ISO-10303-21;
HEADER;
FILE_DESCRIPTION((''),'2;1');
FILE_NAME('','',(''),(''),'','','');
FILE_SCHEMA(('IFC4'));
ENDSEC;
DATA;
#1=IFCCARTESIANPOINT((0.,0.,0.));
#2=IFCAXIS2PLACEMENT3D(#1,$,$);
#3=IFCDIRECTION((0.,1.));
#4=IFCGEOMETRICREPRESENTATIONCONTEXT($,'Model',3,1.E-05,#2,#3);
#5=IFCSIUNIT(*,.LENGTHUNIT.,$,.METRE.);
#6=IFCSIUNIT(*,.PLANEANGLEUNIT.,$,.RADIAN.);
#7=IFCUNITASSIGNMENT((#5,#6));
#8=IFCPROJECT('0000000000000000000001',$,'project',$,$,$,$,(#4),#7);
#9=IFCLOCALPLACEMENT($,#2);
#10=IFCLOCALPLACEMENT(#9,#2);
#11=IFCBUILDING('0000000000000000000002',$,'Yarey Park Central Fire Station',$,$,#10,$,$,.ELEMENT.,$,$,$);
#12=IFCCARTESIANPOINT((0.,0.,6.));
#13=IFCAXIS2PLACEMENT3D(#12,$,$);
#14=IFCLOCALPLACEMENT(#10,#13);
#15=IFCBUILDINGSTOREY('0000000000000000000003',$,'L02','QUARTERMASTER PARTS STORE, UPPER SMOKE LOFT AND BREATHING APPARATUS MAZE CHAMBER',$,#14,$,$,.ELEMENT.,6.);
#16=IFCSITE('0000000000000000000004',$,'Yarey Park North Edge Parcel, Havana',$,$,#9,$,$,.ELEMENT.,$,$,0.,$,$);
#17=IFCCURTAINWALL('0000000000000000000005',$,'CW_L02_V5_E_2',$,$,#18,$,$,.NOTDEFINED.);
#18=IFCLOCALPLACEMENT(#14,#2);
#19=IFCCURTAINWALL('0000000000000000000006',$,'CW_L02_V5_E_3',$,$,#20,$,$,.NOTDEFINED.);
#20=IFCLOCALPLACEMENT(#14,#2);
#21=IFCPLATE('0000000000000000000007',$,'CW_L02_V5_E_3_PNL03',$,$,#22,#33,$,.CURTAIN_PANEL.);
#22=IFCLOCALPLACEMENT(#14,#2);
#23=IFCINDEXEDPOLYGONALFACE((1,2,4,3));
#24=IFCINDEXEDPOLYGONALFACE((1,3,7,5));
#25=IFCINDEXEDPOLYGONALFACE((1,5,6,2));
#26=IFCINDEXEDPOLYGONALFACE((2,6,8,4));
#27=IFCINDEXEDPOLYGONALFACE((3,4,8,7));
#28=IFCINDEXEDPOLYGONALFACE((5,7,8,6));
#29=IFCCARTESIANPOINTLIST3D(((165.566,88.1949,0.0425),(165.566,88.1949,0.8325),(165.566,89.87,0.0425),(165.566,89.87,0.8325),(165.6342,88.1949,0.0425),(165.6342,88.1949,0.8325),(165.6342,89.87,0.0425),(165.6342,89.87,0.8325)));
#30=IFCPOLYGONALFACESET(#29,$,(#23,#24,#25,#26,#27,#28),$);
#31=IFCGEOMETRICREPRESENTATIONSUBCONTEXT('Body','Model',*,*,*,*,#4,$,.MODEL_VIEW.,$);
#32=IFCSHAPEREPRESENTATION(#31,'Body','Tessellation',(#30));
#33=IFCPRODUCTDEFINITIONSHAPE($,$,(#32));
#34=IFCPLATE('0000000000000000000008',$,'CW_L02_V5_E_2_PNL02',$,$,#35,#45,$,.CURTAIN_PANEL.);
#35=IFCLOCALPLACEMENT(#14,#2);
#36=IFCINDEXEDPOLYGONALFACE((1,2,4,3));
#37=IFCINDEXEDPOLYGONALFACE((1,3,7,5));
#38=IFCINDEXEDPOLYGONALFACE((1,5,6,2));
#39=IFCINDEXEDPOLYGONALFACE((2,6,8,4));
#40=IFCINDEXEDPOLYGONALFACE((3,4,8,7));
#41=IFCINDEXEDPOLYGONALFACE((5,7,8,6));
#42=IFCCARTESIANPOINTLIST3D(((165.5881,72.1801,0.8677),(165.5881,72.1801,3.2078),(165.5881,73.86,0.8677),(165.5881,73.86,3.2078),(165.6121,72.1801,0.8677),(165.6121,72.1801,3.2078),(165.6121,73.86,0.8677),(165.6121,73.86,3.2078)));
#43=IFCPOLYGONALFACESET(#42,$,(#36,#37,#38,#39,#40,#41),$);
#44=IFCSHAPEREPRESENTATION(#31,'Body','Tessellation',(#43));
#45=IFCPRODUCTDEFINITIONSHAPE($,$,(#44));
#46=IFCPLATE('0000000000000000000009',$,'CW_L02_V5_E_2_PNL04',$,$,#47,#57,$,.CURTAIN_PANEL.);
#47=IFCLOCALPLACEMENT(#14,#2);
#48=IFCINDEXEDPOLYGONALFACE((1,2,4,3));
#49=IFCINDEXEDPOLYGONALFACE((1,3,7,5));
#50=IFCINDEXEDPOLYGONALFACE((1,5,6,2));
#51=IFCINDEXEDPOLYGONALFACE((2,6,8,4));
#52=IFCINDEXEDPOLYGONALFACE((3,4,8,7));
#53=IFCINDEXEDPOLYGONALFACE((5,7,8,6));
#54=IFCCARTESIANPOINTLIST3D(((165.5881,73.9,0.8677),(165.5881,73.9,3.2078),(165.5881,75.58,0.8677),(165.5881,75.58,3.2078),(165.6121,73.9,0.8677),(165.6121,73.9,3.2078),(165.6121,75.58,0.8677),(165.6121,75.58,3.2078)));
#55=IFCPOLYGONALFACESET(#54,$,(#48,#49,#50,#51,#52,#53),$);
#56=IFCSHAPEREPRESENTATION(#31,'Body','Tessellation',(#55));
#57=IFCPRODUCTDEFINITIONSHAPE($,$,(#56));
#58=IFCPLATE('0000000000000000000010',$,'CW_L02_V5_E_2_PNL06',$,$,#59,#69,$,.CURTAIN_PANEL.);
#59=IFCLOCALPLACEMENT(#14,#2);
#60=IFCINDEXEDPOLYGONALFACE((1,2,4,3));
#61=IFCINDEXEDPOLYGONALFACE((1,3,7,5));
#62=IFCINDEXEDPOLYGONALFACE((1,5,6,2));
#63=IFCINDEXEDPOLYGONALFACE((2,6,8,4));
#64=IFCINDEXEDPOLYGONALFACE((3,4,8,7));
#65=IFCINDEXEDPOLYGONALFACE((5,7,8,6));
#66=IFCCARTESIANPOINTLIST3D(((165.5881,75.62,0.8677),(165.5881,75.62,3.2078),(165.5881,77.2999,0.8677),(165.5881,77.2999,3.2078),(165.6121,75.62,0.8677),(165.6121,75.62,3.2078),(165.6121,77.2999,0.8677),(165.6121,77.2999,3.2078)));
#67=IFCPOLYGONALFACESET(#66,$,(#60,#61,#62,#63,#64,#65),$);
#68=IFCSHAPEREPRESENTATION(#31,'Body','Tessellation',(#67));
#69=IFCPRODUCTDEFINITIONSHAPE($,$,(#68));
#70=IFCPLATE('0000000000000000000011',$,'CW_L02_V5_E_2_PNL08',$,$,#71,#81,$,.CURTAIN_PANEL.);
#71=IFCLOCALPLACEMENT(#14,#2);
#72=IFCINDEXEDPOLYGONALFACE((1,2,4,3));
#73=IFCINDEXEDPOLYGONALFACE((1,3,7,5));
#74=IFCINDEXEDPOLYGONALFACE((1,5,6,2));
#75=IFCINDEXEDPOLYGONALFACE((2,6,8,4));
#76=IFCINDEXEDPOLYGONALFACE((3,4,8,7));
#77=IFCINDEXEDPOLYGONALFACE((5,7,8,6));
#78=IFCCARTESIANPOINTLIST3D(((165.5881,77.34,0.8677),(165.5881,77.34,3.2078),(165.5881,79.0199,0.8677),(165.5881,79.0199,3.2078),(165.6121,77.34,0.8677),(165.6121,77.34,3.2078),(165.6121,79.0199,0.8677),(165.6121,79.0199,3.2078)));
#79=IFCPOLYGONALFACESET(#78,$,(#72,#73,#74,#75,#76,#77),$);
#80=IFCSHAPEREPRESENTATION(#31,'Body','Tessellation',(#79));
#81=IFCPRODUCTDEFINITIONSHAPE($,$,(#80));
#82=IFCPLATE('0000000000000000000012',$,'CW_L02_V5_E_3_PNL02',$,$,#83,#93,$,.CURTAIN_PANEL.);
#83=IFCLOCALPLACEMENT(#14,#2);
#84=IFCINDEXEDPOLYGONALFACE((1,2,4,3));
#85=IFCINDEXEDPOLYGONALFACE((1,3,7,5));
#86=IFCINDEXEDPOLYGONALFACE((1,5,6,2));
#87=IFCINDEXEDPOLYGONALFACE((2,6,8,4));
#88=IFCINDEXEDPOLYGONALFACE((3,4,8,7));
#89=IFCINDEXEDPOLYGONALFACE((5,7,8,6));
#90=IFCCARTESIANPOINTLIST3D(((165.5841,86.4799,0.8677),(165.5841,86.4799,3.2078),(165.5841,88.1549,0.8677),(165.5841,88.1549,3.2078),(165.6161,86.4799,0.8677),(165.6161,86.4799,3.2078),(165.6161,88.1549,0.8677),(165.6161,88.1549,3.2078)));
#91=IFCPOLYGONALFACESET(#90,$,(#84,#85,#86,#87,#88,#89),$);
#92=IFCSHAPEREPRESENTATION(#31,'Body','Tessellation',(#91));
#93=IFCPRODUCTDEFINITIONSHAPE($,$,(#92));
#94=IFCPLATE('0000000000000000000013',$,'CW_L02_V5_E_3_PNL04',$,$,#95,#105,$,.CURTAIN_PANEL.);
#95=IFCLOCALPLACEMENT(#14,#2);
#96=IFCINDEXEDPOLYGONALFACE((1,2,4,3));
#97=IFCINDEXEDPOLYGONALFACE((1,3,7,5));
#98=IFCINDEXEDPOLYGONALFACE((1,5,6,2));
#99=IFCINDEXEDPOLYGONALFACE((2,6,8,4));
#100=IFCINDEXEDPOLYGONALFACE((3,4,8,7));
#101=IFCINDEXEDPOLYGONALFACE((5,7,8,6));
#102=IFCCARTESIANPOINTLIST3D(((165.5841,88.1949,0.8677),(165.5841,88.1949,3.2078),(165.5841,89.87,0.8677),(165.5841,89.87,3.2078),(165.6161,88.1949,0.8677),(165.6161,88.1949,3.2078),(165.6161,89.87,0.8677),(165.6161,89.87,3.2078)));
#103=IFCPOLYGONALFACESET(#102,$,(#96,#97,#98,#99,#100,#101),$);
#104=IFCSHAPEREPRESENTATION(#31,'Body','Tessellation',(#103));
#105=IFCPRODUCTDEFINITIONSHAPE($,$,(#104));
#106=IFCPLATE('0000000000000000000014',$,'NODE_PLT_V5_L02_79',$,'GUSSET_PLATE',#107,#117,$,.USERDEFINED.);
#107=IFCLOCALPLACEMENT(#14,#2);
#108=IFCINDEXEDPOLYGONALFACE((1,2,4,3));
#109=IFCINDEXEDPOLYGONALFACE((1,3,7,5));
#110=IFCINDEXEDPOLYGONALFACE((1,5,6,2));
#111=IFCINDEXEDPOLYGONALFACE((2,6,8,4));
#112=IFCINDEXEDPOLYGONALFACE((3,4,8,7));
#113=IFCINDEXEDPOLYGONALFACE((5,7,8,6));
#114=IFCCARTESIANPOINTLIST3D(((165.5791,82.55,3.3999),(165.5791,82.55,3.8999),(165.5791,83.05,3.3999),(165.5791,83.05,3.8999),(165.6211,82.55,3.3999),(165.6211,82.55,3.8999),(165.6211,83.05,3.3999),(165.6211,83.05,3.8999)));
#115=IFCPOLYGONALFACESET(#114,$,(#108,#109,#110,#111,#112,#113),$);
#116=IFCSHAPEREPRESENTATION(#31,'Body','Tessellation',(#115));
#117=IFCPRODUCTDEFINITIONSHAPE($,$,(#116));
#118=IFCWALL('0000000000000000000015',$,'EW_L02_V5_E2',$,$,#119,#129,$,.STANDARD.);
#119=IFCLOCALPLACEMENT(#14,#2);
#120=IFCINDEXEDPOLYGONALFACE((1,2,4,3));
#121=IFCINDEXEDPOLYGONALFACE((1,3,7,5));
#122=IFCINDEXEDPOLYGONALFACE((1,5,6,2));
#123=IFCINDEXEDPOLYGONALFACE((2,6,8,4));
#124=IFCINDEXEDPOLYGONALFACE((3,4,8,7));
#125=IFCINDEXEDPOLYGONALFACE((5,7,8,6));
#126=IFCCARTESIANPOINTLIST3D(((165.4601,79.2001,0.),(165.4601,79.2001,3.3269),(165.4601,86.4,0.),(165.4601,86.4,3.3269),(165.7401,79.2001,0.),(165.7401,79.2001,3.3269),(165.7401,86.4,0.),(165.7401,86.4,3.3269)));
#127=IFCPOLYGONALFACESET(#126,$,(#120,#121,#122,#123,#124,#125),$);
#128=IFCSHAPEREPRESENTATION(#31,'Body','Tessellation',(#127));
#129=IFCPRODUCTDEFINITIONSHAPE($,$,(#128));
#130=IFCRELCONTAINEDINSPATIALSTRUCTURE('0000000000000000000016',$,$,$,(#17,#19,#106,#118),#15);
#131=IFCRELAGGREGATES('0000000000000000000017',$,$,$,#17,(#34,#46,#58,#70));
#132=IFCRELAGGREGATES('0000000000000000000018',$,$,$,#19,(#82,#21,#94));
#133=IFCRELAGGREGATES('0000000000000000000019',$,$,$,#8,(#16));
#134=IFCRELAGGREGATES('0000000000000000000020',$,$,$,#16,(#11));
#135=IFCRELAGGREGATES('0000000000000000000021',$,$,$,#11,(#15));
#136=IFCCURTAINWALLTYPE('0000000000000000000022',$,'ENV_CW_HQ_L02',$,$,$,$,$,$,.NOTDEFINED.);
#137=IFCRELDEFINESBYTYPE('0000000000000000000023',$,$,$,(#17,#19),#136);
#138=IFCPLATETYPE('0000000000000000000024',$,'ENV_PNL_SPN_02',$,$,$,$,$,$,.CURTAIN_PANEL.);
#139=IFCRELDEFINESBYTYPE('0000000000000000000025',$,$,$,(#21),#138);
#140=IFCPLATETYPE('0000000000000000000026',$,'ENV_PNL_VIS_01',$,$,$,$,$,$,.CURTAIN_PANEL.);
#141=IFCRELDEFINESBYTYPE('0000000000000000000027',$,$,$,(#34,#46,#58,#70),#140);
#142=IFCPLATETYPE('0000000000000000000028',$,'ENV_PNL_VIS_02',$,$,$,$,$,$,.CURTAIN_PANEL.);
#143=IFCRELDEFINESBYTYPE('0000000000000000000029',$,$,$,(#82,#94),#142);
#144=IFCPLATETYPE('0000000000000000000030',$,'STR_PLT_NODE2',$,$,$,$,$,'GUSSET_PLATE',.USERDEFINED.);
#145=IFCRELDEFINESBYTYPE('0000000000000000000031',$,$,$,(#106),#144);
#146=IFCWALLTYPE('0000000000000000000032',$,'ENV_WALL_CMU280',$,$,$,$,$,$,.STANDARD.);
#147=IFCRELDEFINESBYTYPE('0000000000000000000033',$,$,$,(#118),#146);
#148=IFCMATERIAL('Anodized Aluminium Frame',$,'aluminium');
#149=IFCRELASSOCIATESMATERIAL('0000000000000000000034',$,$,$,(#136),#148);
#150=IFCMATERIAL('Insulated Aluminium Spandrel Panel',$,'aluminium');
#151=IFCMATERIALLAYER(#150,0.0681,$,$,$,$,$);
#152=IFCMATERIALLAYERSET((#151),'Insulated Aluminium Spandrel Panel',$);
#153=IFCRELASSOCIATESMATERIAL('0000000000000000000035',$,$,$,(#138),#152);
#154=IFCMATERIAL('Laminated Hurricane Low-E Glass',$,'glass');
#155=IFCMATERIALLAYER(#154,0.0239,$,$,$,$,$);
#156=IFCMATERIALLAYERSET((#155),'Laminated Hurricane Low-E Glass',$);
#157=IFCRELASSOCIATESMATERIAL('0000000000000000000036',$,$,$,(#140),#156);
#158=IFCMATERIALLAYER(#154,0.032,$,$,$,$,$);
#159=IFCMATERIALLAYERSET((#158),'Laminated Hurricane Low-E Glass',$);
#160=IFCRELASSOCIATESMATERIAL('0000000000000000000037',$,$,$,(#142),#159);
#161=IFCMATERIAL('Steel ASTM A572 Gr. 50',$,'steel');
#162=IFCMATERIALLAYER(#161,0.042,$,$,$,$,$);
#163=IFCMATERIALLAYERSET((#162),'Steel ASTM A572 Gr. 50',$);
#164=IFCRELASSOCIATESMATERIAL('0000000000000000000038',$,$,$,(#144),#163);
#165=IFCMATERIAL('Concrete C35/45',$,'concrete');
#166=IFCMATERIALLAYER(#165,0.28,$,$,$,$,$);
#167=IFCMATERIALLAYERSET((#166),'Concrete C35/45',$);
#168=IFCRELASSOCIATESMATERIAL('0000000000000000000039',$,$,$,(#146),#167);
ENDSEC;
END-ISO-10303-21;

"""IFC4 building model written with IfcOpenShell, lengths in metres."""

from ifc_helpers import new_model, si_unit, direction, frame, frame_2d, origin, origin_2d, place, context, subcontext, project, spatial, rectangle, extrude, material, layer, layer_set, type_object, element, aggregate, save


model = new_model("IFC4")

# Units and contexts
model_context = context("Model", 3, precision=1e-05, world=origin(), true_north=direction((0.0, 1.0)))
body_context = subcontext(model_context, "Body", "Model", "MODEL_VIEW")
ifc_project = project(units=[si_unit("LENGTHUNIT", "METRE"), si_unit("PLANEANGLEUNIT", "RADIAN")], contexts=[model_context])

# Site, building, storey
site_placement = place(None, origin())
site = spatial("IfcSite", under=ifc_project, at=site_placement, Name="Yarey Park North Edge Parcel, Havana", CompositionType="ELEMENT", RefElevation=0.0)
building_placement = place(site_placement, origin())
building = spatial("IfcBuilding", under=site, at=building_placement, Name="Yarey Park Central Fire Station", CompositionType="ELEMENT")
storey_placement = place(building_placement, frame((0.0, 0.0, 6.0)))
storey = spatial("IfcBuildingStorey", under=building, at=storey_placement, Name="L02", Description="QUARTERMASTER PARTS STORE, UPPER SMOKE LOFT AND BREATHING APPARATUS MAZE CHAMBER", CompositionType="ELEMENT", Elevation=6.0)

# Curtain walls
ifc_material_1 = material(Name="Anodized Aluminium Frame", Category="aluminium")
curtain_wall_type = type_object("IfcCurtainWallType", Name="ENV_CW_HQ_L02", PredefinedType="NOTDEFINED", material=ifc_material_1)
curtain_wall_1_placement = place(storey_placement, origin())
curtain_wall_1 = element("IfcCurtainWall", 1, at=curtain_wall_1_placement, inside=storey, type_object=curtain_wall_type, Name="CW_L02_V5_E_2", PredefinedType="NOTDEFINED")
curtain_wall_2_placement = place(storey_placement, origin())
curtain_wall_2 = element("IfcCurtainWall", 2, at=curtain_wall_2_placement, inside=storey, type_object=curtain_wall_type, Name="CW_L02_V5_E_3", PredefinedType="NOTDEFINED")

# Plates
ifc_material_2 = material(Name="Insulated Aluminium Spandrel Panel", Category="aluminium")
ifc_layer_1 = layer(ifc_material_2, 0.0681)
ifc_layer_set_1 = layer_set([ifc_layer_1], Name="Insulated Aluminium Spandrel Panel")
plate_type_1 = type_object("IfcPlateType", Name="ENV_PNL_SPN_02", PredefinedType="CURTAIN_PANEL", material=ifc_layer_set_1)
plate_1_placement = place(storey_placement, frame((165.6001, 89.0325, 0.0425), z_axis=(0.0, 0.0, 1.0), x_axis=(0.0, 1.0, 0.0)))
plate_1 = element("IfcPlate", 3, at=plate_1_placement, type_object=plate_type_1, Name="CW_L02_V5_E_3_PNL03", PredefinedType="CURTAIN_PANEL", context=body_context, shape_type="SweptSolid", body=[
    extrude(rectangle(XDim=1.675, YDim=0.0681, at=origin_2d()), origin(), (0.0, 0.0, 1.0), 0.79),
])
ifc_material_3 = material(Name="Laminated Hurricane Low-E Glass", Category="glass")
ifc_layer_2 = layer(ifc_material_3, 0.0239)
ifc_layer_set_2 = layer_set([ifc_layer_2], Name="Laminated Hurricane Low-E Glass")
plate_type_2 = type_object("IfcPlateType", Name="ENV_PNL_VIS_01", PredefinedType="CURTAIN_PANEL", material=ifc_layer_set_2)
plate_2_placement = place(storey_placement, frame((165.6001, 73.02, 0.8677), z_axis=(0.0, 0.0, 1.0), x_axis=(0.0, 1.0, 0.0)))
plate_2 = element("IfcPlate", 4, at=plate_2_placement, type_object=plate_type_2, Name="CW_L02_V5_E_2_PNL02", PredefinedType="CURTAIN_PANEL", context=body_context, shape_type="SweptSolid", body=[
    extrude(rectangle(XDim=1.6799, YDim=0.0239, at=origin_2d()), origin(), (0.0, 0.0, 1.0), 2.3401),
])
plate_3_placement = place(storey_placement, frame((165.6001, 74.74, 0.8677), z_axis=(0.0, 0.0, 1.0), x_axis=(0.0, 1.0, 0.0)))
plate_3 = element("IfcPlate", 5, at=plate_3_placement, type_object=plate_type_2, Name="CW_L02_V5_E_2_PNL04", PredefinedType="CURTAIN_PANEL", context=body_context, shape_type="SweptSolid", body=[
    extrude(rectangle(XDim=1.6799, YDim=0.0239, at=origin_2d()), origin(), (0.0, 0.0, 1.0), 2.3401),
])
plate_4_placement = place(storey_placement, frame((165.6001, 76.46, 0.8677), z_axis=(0.0, 0.0, 1.0), x_axis=(0.0, 1.0, 0.0)))
plate_4 = element("IfcPlate", 6, at=plate_4_placement, type_object=plate_type_2, Name="CW_L02_V5_E_2_PNL06", PredefinedType="CURTAIN_PANEL", context=body_context, shape_type="SweptSolid", body=[
    extrude(rectangle(XDim=1.6799, YDim=0.0239, at=origin_2d()), origin(), (0.0, 0.0, 1.0), 2.3401),
])
plate_5_placement = place(storey_placement, frame((165.6001, 78.1799, 0.8677), z_axis=(0.0, 0.0, 1.0), x_axis=(0.0, 1.0, 0.0)))
plate_5 = element("IfcPlate", 7, at=plate_5_placement, type_object=plate_type_2, Name="CW_L02_V5_E_2_PNL08", PredefinedType="CURTAIN_PANEL", context=body_context, shape_type="SweptSolid", body=[
    extrude(rectangle(XDim=1.6799, YDim=0.0239, at=origin_2d()), origin(), (0.0, 0.0, 1.0), 2.3401),
])
aggregate(curtain_wall_1, [plate_2, plate_3, plate_4, plate_5])
ifc_layer_3 = layer(ifc_material_3, 0.032)
ifc_layer_set_3 = layer_set([ifc_layer_3], Name="Laminated Hurricane Low-E Glass")
plate_type_3 = type_object("IfcPlateType", Name="ENV_PNL_VIS_02", PredefinedType="CURTAIN_PANEL", material=ifc_layer_set_3)
plate_6_placement = place(storey_placement, frame((165.6001, 87.3174, 0.8677), z_axis=(0.0, 0.0, 1.0), x_axis=(0.0, 1.0, 0.0)))
plate_6 = element("IfcPlate", 8, at=plate_6_placement, type_object=plate_type_3, Name="CW_L02_V5_E_3_PNL02", PredefinedType="CURTAIN_PANEL", context=body_context, shape_type="SweptSolid", body=[
    extrude(rectangle(XDim=1.675, YDim=0.032, at=origin_2d()), origin(), (0.0, 0.0, 1.0), 2.3401),
])
plate_7_placement = place(storey_placement, frame((165.6001, 89.0325, 0.8677), z_axis=(0.0, 0.0, 1.0), x_axis=(0.0, 1.0, 0.0)))
plate_7 = element("IfcPlate", 9, at=plate_7_placement, type_object=plate_type_3, Name="CW_L02_V5_E_3_PNL04", PredefinedType="CURTAIN_PANEL", context=body_context, shape_type="SweptSolid", body=[
    extrude(rectangle(XDim=1.675, YDim=0.032, at=origin_2d()), origin(), (0.0, 0.0, 1.0), 2.3401),
])
aggregate(curtain_wall_2, [plate_6, plate_1, plate_7])
ifc_material_4 = material(Name="Steel ASTM A572 Gr. 50", Category="steel")
ifc_layer_4 = layer(ifc_material_4, 0.042)
ifc_layer_set_4 = layer_set([ifc_layer_4], Name="Steel ASTM A572 Gr. 50")
plate_type_4 = type_object("IfcPlateType", Name="STR_PLT_NODE2", ElementType="GUSSET_PLATE", PredefinedType="USERDEFINED", material=ifc_layer_set_4)
plate_8_placement = place(storey_placement, frame((165.6001, 82.8, 3.3999), z_axis=(0.0, 0.0, 1.0), x_axis=(1.0, 0.0, 0.0)))
element("IfcPlate", 10, at=plate_8_placement, inside=storey, type_object=plate_type_4, Name="NODE_PLT_V5_L02_79", ObjectType="GUSSET_PLATE", PredefinedType="USERDEFINED", context=body_context, shape_type="SweptSolid", body=[
    extrude(rectangle(XDim=0.042, YDim=0.5, at=origin_2d()), origin(), (0.0, 0.0, 1.0), 0.5),
])

# Wall
ifc_material_5 = material(Name="Concrete C35/45", Category="concrete")
ifc_layer_5 = layer(ifc_material_5, 0.28)
ifc_layer_set_5 = layer_set([ifc_layer_5], Name="Concrete C35/45")
wall_type = type_object("IfcWallType", Name="ENV_WALL_CMU280", PredefinedType="STANDARD", material=ifc_layer_set_5)
wall_placement = place(storey_placement, frame((165.6001, 79.2, 0.0), z_axis=(0.0, 0.0, 1.0), x_axis=(0.0, 1.0, 0.0)))
element("IfcWall", 11, at=wall_placement, inside=storey, type_object=wall_type, Name="EW_L02_V5_E2", PredefinedType="STANDARD", context=body_context, shape_type="SweptSolid", body=[
    extrude(rectangle(XDim=7.2, YDim=0.28, at=frame_2d((3.6001, 0.0))), origin(), (0.0, 0.0, 1.0), 3.3269),
])

save(model, "model.ifc")
